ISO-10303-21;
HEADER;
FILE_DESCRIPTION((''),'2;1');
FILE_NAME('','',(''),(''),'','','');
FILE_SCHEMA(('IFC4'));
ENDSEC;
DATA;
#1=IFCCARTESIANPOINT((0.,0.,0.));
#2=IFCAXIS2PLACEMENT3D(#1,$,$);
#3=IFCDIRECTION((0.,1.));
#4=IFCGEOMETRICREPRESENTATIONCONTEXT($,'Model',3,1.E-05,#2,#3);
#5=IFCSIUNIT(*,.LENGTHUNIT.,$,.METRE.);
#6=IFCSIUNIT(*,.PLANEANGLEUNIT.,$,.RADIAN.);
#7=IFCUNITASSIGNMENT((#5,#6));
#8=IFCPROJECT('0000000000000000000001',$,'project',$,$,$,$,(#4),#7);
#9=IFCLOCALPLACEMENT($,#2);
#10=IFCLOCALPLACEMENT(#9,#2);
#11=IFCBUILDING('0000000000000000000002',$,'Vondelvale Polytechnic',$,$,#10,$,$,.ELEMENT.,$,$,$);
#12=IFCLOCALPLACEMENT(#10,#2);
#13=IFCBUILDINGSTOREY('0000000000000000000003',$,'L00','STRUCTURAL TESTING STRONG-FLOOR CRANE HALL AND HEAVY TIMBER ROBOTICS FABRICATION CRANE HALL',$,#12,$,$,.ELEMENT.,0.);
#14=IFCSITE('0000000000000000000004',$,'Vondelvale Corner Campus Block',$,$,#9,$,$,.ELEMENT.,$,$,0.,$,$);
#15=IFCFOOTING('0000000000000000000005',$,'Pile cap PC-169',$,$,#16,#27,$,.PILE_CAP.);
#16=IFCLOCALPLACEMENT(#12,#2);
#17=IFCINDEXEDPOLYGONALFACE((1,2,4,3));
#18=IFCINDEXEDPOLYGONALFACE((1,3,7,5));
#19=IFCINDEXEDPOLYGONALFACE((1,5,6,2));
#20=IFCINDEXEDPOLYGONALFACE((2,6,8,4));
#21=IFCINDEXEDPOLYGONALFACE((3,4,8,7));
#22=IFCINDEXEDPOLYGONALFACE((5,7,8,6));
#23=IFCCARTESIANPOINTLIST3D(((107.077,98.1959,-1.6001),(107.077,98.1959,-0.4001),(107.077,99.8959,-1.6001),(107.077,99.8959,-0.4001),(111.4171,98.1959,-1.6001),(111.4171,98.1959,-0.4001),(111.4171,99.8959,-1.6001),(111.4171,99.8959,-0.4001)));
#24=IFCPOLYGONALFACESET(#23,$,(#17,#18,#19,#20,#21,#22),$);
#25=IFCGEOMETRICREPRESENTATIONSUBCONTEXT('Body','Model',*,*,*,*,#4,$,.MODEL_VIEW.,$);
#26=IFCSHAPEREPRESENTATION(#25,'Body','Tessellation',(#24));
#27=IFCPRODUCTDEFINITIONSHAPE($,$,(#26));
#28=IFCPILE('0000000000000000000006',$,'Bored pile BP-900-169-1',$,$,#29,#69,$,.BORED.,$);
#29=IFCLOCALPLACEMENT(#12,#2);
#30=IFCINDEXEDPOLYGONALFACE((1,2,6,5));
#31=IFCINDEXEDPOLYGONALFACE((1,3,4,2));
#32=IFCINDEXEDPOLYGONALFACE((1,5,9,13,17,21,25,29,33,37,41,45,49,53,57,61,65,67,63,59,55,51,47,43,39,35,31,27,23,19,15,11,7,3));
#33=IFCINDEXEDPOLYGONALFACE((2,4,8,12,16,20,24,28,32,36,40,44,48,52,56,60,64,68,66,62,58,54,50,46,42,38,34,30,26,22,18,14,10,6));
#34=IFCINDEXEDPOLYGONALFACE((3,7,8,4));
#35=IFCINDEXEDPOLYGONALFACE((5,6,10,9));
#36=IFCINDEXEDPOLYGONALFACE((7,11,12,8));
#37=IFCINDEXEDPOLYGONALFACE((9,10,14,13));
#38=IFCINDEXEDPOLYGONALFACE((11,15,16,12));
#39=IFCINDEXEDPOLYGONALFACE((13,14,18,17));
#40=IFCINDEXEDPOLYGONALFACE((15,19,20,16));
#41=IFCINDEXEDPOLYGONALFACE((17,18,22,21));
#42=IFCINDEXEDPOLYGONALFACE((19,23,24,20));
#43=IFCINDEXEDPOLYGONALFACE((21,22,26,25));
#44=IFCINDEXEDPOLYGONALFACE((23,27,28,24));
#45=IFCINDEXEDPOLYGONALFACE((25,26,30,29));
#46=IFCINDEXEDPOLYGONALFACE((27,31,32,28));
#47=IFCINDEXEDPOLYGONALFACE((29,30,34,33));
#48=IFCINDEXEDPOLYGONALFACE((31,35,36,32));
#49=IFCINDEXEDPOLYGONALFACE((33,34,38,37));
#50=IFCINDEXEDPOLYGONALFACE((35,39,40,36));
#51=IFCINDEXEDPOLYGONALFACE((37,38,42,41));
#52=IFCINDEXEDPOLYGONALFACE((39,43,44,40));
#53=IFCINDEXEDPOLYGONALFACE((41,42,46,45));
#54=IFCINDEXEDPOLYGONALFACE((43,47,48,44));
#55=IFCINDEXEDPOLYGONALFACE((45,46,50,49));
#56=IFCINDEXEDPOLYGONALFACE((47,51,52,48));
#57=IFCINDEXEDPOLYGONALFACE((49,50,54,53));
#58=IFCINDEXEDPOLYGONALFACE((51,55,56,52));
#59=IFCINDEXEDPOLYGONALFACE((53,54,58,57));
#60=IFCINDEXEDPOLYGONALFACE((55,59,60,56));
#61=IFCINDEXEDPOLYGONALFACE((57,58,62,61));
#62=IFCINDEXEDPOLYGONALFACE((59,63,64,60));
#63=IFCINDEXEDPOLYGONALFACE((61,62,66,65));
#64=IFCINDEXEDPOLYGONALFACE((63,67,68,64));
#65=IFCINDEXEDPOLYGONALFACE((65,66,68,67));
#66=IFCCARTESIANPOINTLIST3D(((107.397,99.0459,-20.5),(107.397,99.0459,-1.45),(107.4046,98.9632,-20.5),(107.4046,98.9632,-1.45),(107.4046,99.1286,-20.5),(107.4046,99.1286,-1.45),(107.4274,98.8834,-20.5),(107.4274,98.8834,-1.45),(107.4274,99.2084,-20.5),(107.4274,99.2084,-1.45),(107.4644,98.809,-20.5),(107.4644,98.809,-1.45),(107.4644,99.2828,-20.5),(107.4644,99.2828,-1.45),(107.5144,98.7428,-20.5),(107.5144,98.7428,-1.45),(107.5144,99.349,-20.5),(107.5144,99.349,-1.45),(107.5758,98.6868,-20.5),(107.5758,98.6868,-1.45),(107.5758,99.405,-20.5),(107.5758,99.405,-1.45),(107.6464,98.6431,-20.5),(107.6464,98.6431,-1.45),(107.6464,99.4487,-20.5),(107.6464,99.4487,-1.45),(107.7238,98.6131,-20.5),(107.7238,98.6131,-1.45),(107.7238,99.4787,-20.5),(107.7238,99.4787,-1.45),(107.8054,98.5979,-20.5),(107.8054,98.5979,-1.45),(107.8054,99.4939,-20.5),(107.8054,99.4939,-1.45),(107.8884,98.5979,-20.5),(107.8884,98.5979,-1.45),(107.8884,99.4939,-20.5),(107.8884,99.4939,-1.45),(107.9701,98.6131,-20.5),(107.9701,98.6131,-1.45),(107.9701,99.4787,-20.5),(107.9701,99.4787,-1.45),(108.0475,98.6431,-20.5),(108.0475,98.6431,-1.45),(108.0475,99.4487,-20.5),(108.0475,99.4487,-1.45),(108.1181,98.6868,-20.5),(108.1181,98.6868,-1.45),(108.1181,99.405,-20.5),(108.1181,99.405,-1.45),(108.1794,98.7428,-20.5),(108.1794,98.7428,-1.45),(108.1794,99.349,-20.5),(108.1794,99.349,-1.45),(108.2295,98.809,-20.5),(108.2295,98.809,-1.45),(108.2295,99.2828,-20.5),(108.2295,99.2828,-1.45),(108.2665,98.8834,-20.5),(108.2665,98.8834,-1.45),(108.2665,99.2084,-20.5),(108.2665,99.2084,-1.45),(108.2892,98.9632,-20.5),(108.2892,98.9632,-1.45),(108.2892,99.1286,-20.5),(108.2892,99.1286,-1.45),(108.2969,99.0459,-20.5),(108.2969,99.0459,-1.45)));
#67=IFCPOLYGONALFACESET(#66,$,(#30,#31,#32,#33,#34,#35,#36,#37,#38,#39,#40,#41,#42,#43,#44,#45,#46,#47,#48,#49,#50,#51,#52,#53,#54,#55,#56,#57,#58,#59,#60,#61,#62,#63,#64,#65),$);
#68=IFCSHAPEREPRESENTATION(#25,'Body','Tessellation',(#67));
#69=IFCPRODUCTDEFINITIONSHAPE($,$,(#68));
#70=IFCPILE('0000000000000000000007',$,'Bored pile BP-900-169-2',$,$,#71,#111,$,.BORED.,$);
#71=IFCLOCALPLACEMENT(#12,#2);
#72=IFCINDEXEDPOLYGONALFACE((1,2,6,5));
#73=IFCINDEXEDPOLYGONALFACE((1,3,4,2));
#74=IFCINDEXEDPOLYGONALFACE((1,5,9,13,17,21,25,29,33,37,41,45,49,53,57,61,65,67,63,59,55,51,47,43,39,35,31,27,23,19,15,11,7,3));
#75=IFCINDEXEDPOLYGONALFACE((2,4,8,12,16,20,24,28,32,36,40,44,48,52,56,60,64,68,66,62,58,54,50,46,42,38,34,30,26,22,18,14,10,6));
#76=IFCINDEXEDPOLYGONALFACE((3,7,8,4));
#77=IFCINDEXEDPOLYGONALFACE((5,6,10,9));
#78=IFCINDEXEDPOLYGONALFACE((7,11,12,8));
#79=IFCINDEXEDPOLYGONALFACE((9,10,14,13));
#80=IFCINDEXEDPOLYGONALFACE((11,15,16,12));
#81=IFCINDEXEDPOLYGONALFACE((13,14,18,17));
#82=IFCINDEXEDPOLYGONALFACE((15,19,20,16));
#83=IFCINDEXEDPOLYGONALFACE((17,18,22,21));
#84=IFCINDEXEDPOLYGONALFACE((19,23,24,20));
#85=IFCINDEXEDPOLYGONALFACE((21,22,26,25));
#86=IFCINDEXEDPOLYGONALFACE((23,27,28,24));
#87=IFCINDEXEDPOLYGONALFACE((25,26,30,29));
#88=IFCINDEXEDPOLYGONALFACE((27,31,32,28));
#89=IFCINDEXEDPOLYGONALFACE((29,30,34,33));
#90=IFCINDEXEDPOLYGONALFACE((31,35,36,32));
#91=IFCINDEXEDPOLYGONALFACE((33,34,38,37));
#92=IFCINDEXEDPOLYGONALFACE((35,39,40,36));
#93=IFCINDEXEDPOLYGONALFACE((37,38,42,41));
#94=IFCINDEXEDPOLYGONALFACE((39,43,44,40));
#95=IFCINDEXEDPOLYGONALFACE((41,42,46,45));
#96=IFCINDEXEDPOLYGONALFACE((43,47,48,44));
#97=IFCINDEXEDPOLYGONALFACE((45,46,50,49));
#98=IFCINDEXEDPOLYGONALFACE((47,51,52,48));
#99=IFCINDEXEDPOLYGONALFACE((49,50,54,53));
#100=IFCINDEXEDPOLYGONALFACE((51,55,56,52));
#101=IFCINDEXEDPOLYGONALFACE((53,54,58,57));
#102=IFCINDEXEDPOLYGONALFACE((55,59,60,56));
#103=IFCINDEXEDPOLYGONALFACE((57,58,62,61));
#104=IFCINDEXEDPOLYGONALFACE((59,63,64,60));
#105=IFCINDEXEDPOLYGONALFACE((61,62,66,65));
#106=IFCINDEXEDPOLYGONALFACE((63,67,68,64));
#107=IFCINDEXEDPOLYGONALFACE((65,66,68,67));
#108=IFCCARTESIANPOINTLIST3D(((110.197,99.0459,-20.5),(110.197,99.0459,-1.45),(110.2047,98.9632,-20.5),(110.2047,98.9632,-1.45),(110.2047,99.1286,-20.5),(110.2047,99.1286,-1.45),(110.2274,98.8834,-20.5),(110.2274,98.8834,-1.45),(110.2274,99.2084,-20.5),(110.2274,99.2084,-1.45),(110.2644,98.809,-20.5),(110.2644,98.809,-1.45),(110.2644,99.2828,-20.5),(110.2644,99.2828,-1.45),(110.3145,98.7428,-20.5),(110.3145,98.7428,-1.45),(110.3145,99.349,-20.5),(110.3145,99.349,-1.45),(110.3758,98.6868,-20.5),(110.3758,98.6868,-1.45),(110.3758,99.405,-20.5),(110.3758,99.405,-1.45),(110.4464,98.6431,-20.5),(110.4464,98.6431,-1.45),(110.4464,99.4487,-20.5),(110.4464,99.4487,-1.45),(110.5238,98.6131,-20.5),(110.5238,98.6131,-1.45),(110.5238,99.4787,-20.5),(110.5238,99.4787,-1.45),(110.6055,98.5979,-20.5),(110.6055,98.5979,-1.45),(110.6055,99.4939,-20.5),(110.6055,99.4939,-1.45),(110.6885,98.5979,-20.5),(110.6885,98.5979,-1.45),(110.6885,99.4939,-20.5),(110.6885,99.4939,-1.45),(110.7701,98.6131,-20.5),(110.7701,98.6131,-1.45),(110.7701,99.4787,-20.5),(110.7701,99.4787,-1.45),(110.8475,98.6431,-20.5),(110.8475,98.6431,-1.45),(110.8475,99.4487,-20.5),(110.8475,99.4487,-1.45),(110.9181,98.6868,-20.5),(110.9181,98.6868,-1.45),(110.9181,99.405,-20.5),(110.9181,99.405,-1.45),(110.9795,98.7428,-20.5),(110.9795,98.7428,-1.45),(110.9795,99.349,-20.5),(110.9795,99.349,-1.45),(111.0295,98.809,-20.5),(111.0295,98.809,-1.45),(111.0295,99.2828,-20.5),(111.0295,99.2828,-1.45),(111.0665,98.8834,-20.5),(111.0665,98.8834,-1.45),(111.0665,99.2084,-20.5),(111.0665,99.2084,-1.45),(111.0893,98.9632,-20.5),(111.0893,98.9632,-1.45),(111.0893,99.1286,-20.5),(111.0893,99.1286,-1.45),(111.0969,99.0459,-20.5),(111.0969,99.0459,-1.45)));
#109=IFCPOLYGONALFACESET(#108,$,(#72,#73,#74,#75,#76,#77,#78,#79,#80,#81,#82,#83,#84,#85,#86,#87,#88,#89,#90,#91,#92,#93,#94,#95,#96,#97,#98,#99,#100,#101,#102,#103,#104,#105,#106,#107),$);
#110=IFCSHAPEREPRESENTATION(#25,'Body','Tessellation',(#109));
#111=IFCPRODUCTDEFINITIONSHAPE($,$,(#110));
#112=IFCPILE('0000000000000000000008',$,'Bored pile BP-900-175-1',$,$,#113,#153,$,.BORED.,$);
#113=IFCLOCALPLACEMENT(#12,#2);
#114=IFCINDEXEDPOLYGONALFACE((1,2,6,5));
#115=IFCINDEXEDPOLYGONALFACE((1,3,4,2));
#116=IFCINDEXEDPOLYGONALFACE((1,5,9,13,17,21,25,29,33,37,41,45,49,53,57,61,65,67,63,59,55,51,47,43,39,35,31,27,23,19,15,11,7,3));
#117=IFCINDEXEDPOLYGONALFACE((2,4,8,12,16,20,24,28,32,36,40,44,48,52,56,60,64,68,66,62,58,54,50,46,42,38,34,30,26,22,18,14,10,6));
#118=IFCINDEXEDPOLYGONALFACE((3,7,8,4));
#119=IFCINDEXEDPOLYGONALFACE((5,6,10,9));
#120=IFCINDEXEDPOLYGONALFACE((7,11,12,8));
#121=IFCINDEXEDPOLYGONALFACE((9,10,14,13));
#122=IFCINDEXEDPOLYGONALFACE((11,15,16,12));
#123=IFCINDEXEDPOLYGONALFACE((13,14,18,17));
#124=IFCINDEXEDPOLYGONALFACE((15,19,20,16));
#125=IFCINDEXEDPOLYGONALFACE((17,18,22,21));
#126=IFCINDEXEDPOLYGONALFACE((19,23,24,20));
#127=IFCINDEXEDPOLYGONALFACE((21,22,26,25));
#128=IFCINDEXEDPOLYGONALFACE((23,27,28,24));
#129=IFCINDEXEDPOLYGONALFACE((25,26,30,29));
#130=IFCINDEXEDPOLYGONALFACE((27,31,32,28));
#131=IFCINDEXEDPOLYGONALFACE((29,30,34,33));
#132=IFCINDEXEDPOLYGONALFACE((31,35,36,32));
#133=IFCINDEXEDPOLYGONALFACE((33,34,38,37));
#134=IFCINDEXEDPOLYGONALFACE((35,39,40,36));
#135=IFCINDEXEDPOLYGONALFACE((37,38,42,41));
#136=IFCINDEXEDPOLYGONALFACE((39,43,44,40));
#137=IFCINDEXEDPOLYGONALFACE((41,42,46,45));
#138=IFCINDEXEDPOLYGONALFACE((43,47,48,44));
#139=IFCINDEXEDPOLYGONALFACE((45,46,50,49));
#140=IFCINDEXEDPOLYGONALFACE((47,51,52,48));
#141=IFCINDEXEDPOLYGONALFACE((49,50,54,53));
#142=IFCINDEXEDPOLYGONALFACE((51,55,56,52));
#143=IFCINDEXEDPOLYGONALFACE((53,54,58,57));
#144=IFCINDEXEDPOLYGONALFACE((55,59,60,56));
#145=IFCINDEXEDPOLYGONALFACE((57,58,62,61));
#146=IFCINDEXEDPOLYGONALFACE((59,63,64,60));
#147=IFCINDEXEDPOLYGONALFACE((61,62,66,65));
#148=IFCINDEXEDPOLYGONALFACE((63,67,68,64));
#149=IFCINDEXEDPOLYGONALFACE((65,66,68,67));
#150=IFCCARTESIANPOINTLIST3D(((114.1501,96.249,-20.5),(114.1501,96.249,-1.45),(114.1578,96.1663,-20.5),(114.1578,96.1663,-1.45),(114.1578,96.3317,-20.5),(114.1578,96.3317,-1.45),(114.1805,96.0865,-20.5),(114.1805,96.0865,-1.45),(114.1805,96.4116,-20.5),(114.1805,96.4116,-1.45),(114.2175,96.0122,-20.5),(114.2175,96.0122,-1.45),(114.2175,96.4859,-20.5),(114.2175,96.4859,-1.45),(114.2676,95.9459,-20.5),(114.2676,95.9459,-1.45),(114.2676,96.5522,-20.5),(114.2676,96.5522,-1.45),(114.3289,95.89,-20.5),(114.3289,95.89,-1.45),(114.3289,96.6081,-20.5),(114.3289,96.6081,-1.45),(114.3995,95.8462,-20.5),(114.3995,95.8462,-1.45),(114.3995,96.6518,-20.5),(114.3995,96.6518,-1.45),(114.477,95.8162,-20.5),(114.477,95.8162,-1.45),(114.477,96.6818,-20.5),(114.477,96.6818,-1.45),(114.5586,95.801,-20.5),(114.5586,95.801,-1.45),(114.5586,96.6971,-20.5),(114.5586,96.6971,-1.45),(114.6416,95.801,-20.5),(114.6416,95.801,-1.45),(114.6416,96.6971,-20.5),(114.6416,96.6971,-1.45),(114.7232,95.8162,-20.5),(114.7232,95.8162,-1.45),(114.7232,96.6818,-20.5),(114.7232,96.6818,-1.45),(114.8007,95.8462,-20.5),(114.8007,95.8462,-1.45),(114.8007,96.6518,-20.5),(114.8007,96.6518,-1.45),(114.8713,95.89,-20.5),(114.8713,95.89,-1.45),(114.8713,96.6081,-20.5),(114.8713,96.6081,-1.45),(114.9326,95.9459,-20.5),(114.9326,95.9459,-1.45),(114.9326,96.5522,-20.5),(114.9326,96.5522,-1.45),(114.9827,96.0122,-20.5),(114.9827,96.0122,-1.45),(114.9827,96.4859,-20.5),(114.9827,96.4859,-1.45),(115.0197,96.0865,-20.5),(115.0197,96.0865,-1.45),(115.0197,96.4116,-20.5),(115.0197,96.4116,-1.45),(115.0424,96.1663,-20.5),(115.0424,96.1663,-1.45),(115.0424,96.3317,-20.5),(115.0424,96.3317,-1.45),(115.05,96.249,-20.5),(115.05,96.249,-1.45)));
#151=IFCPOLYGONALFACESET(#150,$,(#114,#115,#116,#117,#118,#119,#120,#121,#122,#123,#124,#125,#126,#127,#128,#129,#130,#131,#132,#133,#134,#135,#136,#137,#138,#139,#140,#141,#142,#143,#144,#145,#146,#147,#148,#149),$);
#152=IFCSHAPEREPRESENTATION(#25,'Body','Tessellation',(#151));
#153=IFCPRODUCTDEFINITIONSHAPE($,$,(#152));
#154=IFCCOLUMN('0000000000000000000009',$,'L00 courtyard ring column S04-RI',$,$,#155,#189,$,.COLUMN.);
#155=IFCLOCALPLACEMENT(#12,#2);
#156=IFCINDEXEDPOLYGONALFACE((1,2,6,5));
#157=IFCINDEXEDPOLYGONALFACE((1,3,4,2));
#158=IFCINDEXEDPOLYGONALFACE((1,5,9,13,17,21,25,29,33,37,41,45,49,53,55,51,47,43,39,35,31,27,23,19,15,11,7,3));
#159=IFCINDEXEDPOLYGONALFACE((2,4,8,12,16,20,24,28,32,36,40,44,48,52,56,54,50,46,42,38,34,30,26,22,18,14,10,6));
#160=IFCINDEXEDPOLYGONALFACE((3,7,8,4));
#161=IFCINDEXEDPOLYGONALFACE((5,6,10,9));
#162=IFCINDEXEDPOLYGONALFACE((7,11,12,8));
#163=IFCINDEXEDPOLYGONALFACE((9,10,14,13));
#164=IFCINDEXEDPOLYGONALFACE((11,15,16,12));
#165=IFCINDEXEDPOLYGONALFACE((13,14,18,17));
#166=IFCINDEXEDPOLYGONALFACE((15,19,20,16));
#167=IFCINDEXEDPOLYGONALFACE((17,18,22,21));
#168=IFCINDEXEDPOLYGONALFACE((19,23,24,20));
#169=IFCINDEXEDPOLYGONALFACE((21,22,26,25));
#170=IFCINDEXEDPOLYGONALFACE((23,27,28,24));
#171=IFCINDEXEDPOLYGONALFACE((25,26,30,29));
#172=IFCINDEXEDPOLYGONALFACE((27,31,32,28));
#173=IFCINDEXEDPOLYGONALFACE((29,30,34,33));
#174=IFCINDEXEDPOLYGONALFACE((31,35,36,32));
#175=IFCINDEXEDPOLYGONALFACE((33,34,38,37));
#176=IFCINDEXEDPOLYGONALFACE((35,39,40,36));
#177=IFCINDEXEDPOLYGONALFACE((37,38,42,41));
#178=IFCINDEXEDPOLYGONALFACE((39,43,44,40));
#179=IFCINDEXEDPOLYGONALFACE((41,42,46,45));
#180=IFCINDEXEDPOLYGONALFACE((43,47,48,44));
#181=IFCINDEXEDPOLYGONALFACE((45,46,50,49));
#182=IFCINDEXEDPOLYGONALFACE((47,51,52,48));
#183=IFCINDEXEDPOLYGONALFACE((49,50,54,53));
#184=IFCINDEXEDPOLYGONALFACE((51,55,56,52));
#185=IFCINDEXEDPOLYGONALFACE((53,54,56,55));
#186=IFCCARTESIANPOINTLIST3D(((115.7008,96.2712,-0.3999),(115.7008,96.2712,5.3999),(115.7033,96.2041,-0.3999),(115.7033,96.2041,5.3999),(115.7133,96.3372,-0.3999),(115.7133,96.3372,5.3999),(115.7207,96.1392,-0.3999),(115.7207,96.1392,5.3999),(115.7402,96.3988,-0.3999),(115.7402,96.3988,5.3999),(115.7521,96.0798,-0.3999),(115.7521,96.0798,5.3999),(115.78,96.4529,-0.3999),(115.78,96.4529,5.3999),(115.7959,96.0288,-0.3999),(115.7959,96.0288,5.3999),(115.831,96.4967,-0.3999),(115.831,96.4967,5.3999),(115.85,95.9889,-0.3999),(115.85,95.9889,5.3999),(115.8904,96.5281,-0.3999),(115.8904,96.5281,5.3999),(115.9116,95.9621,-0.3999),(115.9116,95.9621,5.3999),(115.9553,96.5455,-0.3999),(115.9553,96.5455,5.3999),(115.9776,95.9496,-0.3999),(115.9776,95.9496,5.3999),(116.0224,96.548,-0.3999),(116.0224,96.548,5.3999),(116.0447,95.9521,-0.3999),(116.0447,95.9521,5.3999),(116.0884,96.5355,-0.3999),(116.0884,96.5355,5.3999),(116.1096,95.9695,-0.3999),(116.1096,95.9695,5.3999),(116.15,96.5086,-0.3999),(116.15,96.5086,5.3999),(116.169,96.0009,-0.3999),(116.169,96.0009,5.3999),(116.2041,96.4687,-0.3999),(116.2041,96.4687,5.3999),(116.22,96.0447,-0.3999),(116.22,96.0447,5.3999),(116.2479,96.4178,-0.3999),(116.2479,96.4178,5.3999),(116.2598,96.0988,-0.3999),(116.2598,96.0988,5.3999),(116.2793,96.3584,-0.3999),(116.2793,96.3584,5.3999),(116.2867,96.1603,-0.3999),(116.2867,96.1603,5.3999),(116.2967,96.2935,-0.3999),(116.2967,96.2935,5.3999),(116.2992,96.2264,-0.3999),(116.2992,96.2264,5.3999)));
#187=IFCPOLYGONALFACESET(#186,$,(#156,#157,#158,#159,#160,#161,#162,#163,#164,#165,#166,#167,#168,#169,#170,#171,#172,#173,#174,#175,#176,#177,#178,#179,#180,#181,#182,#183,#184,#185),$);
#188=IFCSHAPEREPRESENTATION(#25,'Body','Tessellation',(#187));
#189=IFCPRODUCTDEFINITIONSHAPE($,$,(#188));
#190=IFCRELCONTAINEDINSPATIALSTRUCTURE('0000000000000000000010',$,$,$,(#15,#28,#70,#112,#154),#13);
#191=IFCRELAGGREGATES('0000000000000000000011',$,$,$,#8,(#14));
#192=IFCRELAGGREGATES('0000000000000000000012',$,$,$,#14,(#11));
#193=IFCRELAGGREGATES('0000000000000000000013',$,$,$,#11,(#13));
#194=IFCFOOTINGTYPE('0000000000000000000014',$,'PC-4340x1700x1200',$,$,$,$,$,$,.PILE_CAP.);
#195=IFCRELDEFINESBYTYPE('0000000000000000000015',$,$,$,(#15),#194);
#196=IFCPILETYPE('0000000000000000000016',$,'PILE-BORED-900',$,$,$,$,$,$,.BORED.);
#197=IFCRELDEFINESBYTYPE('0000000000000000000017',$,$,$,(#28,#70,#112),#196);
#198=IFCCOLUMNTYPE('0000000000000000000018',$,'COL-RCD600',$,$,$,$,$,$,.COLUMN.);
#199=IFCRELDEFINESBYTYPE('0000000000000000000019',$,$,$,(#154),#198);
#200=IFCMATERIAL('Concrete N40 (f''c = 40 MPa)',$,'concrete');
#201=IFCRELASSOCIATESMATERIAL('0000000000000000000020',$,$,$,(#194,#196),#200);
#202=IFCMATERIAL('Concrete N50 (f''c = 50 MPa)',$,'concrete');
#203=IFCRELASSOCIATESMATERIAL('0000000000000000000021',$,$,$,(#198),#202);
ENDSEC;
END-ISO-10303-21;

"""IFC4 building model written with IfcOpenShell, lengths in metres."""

from ifc_helpers import new_model, si_unit, direction, frame, origin, origin_2d, place, context, subcontext, project, spatial, rectangle, circle, extrude, material, material_profile, profile_set, type_object, element, save


model = new_model("IFC4")

# Units and contexts
model_context = context("Model", 3, precision=1e-05, world=origin(), true_north=direction((0.0, 1.0)))
body_context = subcontext(model_context, "Body", "Model", "MODEL_VIEW")
ifc_project = project(units=[si_unit("LENGTHUNIT", "METRE"), si_unit("PLANEANGLEUNIT", "RADIAN")], contexts=[model_context])

# Site, building, storey
site_placement = place(None, origin())
site = spatial("IfcSite", under=ifc_project, at=site_placement, Name="Vondelvale Corner Campus Block", CompositionType="ELEMENT", RefElevation=0.0)
building_placement = place(site_placement, origin())
building = spatial("IfcBuilding", under=site, at=building_placement, Name="Vondelvale Polytechnic", CompositionType="ELEMENT")
storey_placement = place(building_placement, origin())
storey = spatial("IfcBuildingStorey", under=building, at=storey_placement, Name="L00", Description="STRUCTURAL TESTING STRONG-FLOOR CRANE HALL AND HEAVY TIMBER ROBOTICS FABRICATION CRANE HALL", CompositionType="ELEMENT", Elevation=0.0)

# Footing
ifc_material_1 = material(Name="Concrete N40 (f'c = 40 MPa)", Category="concrete")
footing_type = type_object("IfcFootingType", Name="PC-4340x1700x1200", PredefinedType="PILE_CAP", material=ifc_material_1)
footing_placement = place(storey_placement, frame((109.2471, 99.0459, -1.6001), z_axis=(0.0, 0.0, 1.0), x_axis=(1.0, 0.0, 0.0)))
element("IfcFooting", 1, at=footing_placement, inside=storey, type_object=footing_type, Name="Pile cap PC-169", PredefinedType="PILE_CAP", context=body_context, shape_type="SweptSolid", body=[
    extrude(rectangle(XDim=4.3401, YDim=1.7, at=origin_2d()), origin(), (0.0, 0.0, 1.0), 1.2),
])

# Piles
ifc_material_profile_1 = material_profile(ifc_material_1, circle(Radius=0.45, at=origin_2d()), Name="PILE-D900")
ifc_profile_set_1 = profile_set([ifc_material_profile_1], Name="Concrete N40 (f'c = 40 MPa)")
pile_type = type_object("IfcPileType", Name="PILE-BORED-900", PredefinedType="BORED", material=ifc_profile_set_1)
for number, where, z_axis, x_axis, name in (
    (2, (107.8469, 99.0459, -1.45), (0.0, 0.0, -1.0), (1.0, 0.0, 0.0), "Bored pile BP-900-169-1"),
    (3, (110.647, 99.0459, -1.45), (0.0, 0.0, -1.0), (1.0, 0.0, 0.0), "Bored pile BP-900-169-2"),
    (4, (114.6001, 96.249, -1.45), (0.0, 0.0, -1.0), (1.0, 0.0, 0.0), "Bored pile BP-900-175-1"),
):
    element("IfcPile", number, at=place(storey_placement, frame(where, z_axis=z_axis, x_axis=x_axis)), inside=storey, type_object=pile_type, Name=name, PredefinedType="BORED", context=body_context, shape_type="SweptSolid", body=[
        extrude(circle(Radius=0.45, at=origin_2d()), origin(), (0.0, 0.0, 1.0), 19.05),
    ])

# Column
ifc_material_2 = material(Name="Concrete N50 (f'c = 50 MPa)", Category="concrete")
ifc_material_profile_2 = material_profile(ifc_material_2, circle(Radius=0.3, at=origin_2d()), Name="RC-COL-D600")
ifc_profile_set_2 = profile_set([ifc_material_profile_2], Name="Concrete N50 (f'c = 50 MPa)")
column_type = type_object("IfcColumnType", Name="COL-RCD600", PredefinedType="COLUMN", material=ifc_profile_set_2)
for number, where, z_axis, x_axis, name in (
    (5, (116.0, 96.2488, -0.3999), (0.0, 0.0, 1.0), (0.5, 0.866025, 0.0), "L00 courtyard ring column S04-RI"),
):
    element("IfcColumn", number, at=place(storey_placement, frame(where, z_axis=z_axis, x_axis=x_axis)), inside=storey, type_object=column_type, Name=name, PredefinedType="COLUMN", context=body_context, shape_type="SweptSolid", body=[
        extrude(circle(Radius=0.3, at=origin_2d()), origin(), (0.0, 0.0, 1.0), 5.7998),
    ])

save(model, "model.ifc")
